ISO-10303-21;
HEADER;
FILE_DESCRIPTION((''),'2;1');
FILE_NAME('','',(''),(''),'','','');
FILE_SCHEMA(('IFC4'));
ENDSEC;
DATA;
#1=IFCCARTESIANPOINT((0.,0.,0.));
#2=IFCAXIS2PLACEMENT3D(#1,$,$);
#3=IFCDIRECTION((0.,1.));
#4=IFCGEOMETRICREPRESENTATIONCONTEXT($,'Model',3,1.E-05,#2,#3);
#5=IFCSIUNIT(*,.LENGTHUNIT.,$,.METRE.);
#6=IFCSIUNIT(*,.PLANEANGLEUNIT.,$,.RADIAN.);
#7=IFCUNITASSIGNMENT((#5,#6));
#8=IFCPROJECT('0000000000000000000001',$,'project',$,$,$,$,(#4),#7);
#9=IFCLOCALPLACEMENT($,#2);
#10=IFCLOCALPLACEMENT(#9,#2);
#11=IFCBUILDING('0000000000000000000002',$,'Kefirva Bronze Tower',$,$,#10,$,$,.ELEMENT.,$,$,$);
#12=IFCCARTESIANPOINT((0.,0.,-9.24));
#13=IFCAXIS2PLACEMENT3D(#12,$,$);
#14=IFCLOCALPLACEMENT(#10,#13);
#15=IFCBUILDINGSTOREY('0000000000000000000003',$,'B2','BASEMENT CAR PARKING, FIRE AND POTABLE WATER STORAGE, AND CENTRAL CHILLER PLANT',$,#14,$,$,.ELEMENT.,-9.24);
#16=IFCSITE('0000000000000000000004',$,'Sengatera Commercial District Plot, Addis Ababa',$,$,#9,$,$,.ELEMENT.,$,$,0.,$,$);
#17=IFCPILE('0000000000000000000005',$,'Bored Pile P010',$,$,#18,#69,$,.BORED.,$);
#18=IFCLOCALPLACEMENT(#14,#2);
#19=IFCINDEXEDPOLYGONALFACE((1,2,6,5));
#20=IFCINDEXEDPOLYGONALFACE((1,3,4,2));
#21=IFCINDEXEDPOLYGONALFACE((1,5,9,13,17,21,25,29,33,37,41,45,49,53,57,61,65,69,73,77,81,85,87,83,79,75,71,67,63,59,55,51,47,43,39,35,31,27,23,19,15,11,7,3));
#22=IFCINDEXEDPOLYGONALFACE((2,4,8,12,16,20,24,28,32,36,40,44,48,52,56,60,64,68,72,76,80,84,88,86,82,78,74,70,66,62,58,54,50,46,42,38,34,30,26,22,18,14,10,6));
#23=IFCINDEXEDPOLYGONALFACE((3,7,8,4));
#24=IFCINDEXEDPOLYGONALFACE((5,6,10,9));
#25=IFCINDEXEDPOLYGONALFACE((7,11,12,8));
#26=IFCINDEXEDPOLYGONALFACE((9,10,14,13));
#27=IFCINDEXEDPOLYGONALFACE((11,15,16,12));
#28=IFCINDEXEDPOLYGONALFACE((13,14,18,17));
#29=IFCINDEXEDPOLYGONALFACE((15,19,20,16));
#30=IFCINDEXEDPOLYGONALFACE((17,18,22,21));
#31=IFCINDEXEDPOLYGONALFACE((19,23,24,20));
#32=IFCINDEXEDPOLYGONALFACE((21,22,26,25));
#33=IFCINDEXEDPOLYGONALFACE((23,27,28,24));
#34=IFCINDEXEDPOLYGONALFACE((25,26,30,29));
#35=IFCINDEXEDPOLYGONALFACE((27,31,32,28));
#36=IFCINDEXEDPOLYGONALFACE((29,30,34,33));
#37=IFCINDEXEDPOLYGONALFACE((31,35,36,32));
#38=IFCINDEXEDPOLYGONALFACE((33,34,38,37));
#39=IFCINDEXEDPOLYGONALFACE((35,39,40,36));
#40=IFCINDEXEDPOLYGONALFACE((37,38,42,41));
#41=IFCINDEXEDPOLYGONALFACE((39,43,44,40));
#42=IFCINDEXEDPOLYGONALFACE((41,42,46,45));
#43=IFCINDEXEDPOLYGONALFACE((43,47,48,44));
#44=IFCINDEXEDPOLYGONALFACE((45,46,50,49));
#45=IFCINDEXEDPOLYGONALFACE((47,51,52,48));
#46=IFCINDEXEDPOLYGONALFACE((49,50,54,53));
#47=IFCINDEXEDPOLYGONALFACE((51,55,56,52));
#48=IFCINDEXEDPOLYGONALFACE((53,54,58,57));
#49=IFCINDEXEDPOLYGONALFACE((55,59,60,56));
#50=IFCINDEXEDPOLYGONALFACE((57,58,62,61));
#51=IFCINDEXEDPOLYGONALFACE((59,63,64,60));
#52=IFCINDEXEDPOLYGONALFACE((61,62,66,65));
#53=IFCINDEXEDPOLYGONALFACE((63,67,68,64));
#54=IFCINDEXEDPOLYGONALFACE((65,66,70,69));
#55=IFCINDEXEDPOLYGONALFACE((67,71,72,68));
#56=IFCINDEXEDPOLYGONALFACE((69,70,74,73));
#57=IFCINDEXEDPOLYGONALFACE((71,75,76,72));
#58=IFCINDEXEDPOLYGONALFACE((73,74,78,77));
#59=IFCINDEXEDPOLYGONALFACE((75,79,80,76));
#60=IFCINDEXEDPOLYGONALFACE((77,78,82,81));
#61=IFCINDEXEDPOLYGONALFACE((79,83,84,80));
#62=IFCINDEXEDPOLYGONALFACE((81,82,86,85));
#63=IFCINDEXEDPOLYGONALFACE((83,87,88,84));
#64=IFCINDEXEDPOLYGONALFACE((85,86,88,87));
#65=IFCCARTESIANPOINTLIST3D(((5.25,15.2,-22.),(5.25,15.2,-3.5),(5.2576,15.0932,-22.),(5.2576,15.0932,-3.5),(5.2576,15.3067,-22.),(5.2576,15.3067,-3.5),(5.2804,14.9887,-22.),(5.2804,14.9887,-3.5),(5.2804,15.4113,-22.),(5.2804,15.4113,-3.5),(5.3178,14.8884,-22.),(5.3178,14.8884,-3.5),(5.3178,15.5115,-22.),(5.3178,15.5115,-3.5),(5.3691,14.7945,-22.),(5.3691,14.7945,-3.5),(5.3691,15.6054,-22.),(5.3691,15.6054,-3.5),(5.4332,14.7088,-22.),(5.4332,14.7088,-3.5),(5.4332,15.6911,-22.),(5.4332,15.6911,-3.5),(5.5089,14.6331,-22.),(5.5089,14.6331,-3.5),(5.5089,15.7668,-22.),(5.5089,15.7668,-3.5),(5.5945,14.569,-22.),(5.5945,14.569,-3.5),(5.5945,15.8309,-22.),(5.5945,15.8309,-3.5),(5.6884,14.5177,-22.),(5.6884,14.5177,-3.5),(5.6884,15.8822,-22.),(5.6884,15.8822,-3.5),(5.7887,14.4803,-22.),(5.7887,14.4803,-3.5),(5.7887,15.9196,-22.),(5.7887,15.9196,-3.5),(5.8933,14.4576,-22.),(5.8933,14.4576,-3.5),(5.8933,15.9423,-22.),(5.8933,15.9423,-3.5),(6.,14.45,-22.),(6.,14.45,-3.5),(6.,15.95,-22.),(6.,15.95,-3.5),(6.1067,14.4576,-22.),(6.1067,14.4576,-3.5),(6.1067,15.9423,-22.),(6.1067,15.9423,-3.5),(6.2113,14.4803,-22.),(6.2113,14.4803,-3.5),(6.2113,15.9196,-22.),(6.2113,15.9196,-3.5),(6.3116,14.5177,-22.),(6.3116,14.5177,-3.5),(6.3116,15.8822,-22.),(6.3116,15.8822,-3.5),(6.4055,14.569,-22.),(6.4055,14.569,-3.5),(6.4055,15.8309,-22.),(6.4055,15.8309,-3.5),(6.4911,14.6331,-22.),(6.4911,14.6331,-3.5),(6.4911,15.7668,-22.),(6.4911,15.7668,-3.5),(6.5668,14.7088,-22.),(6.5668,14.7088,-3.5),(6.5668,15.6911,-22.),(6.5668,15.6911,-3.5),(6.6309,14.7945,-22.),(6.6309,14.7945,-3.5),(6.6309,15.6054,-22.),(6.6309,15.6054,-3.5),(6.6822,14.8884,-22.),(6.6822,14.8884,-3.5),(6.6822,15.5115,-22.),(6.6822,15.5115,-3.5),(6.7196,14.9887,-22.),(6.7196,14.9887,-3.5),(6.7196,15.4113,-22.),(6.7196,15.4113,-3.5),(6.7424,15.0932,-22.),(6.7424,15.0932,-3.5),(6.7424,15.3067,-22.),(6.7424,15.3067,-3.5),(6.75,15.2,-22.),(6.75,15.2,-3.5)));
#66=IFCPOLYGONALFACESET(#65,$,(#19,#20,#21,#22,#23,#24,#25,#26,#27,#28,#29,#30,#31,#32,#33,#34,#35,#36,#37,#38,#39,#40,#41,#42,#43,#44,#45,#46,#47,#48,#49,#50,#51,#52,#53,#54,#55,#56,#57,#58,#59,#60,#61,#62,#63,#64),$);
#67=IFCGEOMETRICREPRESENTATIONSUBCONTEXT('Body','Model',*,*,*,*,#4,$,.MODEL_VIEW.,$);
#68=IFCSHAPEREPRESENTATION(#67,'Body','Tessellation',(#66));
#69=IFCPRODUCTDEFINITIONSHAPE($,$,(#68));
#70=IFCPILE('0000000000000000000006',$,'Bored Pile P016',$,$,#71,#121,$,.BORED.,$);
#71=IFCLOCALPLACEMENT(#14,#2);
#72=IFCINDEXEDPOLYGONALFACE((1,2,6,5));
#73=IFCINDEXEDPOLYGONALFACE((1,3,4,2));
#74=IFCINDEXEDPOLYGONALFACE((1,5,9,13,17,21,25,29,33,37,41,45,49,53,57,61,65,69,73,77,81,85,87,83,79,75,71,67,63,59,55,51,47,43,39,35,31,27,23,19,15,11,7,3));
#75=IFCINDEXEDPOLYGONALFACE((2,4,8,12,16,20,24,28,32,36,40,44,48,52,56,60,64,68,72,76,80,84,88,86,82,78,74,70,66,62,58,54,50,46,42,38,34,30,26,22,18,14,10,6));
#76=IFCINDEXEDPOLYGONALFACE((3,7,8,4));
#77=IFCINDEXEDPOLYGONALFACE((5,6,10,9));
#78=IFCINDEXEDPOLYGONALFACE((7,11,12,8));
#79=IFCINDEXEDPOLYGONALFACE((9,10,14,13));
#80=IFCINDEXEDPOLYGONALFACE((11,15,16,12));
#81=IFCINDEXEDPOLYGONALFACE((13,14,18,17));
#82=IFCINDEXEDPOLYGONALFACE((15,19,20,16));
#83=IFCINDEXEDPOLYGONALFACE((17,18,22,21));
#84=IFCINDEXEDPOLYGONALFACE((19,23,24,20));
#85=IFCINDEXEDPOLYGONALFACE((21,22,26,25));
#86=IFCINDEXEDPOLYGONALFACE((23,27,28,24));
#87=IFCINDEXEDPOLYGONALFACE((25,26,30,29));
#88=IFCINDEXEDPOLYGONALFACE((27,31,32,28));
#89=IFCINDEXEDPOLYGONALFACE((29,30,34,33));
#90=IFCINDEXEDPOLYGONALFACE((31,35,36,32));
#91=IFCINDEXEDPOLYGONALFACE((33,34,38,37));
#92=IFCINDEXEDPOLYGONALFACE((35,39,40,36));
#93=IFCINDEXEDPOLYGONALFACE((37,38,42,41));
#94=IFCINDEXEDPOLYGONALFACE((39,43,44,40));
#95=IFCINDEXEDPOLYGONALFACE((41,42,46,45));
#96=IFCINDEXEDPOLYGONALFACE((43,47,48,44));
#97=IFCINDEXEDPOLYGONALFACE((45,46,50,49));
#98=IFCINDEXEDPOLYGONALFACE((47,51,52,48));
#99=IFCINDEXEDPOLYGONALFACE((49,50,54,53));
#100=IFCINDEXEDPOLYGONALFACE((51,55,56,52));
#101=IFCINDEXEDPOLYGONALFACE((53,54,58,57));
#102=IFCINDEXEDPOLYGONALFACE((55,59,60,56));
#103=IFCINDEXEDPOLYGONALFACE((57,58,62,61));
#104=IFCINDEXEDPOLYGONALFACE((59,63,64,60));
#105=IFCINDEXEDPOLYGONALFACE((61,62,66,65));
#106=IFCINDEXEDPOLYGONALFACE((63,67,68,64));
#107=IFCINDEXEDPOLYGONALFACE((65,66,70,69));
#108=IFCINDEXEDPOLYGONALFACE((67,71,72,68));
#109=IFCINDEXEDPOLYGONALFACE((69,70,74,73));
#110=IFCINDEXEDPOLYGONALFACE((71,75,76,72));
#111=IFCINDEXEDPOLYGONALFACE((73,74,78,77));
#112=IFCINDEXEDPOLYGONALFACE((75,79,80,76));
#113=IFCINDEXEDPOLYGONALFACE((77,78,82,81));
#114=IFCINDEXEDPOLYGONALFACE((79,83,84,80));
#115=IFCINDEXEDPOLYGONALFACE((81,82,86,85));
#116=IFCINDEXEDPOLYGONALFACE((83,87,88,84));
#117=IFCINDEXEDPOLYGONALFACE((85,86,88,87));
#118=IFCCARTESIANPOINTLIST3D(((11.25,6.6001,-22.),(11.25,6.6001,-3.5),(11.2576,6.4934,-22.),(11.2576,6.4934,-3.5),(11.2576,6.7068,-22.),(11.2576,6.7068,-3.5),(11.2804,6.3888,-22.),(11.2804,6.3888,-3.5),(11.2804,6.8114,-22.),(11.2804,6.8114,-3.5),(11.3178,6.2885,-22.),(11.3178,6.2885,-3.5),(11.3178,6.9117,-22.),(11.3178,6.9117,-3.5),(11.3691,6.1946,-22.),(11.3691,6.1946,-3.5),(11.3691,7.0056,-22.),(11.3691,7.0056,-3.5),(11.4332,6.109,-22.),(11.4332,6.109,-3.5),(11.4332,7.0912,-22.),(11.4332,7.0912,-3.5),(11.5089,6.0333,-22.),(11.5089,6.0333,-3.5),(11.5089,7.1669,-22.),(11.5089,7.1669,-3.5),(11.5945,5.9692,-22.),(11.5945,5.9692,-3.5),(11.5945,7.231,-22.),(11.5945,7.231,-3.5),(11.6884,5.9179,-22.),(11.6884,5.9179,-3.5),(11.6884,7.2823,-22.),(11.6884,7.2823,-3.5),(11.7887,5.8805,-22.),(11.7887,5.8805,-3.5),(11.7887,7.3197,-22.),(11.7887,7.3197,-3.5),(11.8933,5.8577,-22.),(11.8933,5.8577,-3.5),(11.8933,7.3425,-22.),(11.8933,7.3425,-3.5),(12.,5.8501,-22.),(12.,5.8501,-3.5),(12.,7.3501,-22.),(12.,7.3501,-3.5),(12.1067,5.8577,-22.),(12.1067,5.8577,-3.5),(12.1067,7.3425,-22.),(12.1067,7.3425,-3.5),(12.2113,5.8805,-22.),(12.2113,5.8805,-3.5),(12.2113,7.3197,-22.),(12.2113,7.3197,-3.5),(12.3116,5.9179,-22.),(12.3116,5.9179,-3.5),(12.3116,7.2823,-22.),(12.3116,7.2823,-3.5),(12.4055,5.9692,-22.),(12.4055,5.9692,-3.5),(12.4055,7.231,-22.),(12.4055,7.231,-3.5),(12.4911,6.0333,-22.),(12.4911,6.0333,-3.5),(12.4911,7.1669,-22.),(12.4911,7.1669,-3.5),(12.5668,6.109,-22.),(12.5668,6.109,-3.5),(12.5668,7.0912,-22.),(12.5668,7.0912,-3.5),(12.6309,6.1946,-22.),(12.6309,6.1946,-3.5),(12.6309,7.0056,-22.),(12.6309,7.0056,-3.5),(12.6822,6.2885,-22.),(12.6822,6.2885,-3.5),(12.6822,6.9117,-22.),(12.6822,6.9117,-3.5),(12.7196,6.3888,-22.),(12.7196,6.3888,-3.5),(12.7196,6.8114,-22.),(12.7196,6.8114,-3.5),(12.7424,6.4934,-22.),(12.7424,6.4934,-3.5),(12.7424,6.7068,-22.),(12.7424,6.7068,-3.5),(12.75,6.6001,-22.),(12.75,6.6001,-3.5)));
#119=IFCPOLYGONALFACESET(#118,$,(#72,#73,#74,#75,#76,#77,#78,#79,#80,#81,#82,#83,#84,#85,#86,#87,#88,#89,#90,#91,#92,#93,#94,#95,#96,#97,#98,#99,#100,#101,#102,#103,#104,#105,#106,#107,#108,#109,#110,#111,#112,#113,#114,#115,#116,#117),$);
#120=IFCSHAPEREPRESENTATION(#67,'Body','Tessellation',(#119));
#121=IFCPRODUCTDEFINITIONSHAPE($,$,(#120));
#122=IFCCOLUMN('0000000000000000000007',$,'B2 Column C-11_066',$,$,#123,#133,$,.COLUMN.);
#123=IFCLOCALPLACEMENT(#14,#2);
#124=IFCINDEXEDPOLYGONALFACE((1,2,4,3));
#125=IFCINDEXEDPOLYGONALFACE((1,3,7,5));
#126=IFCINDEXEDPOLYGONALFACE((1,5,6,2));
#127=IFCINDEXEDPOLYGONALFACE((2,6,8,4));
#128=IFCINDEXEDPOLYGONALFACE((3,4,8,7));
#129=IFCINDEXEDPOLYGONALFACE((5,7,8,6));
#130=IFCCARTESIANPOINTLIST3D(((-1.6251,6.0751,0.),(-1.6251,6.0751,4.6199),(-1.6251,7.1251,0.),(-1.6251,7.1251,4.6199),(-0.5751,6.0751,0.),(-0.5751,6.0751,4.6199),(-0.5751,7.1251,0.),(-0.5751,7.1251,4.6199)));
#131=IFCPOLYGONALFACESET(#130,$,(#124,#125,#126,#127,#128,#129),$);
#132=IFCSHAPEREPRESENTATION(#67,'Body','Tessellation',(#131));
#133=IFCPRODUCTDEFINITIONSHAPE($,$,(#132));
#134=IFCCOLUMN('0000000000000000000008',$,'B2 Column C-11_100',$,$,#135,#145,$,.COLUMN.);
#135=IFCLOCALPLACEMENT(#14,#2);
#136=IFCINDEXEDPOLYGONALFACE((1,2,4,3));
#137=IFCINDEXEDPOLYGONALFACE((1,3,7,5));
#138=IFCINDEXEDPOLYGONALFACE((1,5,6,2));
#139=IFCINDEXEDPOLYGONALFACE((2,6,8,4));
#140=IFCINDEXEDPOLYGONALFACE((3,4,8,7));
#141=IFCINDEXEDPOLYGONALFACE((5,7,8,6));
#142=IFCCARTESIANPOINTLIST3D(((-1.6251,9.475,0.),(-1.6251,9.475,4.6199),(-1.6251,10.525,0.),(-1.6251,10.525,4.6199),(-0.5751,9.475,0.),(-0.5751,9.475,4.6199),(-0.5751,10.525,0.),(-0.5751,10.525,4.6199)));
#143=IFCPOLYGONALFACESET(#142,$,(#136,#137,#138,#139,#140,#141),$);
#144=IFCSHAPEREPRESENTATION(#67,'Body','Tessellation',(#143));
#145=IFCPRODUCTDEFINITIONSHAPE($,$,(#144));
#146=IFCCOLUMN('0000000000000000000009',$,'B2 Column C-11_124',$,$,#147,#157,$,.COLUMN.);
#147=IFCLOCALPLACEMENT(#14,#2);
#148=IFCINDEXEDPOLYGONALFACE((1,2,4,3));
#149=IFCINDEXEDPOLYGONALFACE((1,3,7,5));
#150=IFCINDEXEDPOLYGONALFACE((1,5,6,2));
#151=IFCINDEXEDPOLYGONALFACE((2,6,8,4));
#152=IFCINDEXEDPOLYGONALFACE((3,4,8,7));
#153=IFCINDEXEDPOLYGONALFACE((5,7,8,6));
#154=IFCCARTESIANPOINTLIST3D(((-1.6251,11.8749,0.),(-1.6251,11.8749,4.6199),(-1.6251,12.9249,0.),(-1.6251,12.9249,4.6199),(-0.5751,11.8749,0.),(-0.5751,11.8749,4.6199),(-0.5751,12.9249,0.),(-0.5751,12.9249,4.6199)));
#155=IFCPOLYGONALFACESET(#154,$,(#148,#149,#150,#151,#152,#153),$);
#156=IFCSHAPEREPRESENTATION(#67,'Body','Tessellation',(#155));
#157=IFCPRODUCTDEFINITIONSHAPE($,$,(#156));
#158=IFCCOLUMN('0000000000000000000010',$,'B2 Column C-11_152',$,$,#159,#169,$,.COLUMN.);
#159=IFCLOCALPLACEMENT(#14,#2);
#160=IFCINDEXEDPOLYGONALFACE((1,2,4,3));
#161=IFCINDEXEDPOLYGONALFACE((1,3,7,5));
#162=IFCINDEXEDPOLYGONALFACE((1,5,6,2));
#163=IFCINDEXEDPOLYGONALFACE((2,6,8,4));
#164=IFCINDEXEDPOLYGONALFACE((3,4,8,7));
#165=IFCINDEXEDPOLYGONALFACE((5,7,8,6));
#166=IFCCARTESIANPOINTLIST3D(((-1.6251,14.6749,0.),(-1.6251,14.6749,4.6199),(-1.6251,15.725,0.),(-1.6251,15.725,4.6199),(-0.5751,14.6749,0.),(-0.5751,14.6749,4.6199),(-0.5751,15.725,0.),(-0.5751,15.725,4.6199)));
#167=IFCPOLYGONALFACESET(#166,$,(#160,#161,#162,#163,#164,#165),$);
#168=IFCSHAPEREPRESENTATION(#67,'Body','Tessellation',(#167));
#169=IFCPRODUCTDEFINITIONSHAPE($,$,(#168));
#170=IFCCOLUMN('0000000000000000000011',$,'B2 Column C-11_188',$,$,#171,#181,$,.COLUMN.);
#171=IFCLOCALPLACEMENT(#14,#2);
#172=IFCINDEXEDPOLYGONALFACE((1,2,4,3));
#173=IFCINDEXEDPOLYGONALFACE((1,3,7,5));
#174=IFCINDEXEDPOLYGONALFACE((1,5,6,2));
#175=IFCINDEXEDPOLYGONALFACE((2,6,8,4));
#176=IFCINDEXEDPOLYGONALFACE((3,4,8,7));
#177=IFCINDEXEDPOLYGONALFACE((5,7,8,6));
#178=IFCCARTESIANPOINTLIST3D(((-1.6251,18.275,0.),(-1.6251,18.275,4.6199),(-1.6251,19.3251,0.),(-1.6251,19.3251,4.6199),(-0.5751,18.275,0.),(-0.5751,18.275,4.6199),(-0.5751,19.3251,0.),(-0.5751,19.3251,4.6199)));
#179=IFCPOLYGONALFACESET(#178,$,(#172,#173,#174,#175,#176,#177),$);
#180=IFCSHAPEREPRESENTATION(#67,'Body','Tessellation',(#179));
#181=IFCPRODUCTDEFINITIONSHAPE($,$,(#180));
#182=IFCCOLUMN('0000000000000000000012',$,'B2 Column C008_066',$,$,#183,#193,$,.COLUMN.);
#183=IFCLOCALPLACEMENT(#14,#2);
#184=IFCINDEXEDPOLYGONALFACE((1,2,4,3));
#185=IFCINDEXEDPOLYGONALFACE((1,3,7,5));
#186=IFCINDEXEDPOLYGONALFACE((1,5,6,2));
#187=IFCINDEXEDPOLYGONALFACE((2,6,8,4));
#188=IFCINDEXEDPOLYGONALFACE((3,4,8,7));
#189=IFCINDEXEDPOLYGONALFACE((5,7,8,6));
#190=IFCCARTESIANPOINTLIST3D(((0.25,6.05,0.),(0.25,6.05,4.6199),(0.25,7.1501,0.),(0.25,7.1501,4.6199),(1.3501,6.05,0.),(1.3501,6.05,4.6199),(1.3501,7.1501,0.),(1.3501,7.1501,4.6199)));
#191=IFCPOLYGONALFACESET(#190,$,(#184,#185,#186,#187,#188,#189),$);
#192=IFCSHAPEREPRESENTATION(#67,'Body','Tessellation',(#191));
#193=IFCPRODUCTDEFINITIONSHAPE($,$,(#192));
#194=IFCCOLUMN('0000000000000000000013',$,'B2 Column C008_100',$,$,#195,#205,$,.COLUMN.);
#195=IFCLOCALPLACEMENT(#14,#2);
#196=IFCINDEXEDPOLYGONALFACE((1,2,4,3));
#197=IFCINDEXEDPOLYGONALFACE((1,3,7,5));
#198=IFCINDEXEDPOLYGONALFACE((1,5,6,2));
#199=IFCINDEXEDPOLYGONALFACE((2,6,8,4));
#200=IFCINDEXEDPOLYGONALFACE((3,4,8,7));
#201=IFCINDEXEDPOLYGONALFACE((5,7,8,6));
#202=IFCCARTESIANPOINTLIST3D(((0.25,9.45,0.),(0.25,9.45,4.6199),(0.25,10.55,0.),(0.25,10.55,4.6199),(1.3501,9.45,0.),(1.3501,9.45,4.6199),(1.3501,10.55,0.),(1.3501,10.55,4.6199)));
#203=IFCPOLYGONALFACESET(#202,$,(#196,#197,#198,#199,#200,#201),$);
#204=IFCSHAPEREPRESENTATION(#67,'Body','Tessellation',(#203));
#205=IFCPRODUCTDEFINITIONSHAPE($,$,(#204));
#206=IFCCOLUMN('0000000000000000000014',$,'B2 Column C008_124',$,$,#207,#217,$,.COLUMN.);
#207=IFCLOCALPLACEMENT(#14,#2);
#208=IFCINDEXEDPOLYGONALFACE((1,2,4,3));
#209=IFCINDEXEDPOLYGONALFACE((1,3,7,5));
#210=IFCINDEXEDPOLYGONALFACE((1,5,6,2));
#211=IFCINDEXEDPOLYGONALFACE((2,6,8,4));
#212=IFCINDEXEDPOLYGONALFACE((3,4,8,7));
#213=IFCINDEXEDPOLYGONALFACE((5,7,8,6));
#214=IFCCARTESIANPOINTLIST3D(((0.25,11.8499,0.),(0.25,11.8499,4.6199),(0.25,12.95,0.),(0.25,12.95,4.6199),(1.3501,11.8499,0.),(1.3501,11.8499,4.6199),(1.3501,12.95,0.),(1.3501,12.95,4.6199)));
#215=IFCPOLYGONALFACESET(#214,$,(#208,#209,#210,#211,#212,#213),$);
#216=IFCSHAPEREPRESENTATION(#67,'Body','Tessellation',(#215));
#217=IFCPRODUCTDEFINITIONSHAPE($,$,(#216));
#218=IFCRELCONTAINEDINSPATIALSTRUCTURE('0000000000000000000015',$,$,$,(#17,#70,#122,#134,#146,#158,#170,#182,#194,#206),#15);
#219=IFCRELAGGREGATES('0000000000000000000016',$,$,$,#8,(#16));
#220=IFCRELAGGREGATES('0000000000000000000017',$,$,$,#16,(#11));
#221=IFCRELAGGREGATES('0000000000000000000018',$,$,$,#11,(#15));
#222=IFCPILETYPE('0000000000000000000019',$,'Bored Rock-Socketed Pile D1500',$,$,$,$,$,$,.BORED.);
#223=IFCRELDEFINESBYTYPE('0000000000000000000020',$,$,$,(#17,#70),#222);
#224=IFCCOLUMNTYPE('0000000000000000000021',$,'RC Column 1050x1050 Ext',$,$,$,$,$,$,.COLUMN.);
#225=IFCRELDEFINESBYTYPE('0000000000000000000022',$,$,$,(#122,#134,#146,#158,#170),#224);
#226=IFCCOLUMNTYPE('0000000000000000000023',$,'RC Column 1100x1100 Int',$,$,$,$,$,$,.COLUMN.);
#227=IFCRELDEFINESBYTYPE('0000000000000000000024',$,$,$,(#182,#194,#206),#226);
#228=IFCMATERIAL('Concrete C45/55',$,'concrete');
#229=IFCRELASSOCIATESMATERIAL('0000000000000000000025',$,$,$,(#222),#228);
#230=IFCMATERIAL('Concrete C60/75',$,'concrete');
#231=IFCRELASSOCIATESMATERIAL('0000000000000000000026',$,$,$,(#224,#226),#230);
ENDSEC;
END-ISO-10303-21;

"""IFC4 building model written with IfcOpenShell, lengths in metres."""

from ifc_helpers import new_model, si_unit, direction, frame, origin, origin_2d, place, context, subcontext, project, spatial, rectangle, circle, extrude, material, material_profile, profile_set, type_object, element, save


model = new_model("IFC4")

# Units and contexts
model_context = context("Model", 3, precision=1e-05, world=origin(), true_north=direction((0.0, 1.0)))
body_context = subcontext(model_context, "Body", "Model", "MODEL_VIEW")
ifc_project = project(units=[si_unit("LENGTHUNIT", "METRE"), si_unit("PLANEANGLEUNIT", "RADIAN")], contexts=[model_context])

# Site, building, storey
site_placement = place(None, origin())
site = spatial("IfcSite", under=ifc_project, at=site_placement, Name="Sengatera Commercial District Plot, Addis Ababa", CompositionType="ELEMENT", RefElevation=0.0)
building_placement = place(site_placement, origin())
building = spatial("IfcBuilding", under=site, at=building_placement, Name="Kefirva Bronze Tower", CompositionType="ELEMENT")
storey_placement = place(building_placement, frame((0.0, 0.0, -9.24)))
storey = spatial("IfcBuildingStorey", under=building, at=storey_placement, Name="B2", Description="BASEMENT CAR PARKING, FIRE AND POTABLE WATER STORAGE, AND CENTRAL CHILLER PLANT", CompositionType="ELEMENT", Elevation=-9.24)

# Piles
ifc_material_1 = material(Name="Concrete C45/55", Category="concrete")
ifc_material_profile_1 = material_profile(ifc_material_1, circle(Radius=0.75, at=origin_2d()), Name="BORED PILE D1500")
ifc_profile_set_1 = profile_set([ifc_material_profile_1], Name="Concrete C45/55")
pile_type = type_object("IfcPileType", Name="Bored Rock-Socketed Pile D1500", PredefinedType="BORED", material=ifc_profile_set_1)
for number, where, z_axis, x_axis, name in (
    (1, (6.0, 15.2, -3.5), (0.0, 0.0, -1.0), (1.0, 0.0, 0.0), "Bored Pile P010"),
    (2, (12.0, 6.6001, -3.5), (0.0, 0.0, -1.0), (1.0, 0.0, 0.0), "Bored Pile P016"),
):
    element("IfcPile", number, at=place(storey_placement, frame(where, z_axis=z_axis, x_axis=x_axis)), inside=storey, type_object=pile_type, Name=name, PredefinedType="BORED", context=body_context, shape_type="SweptSolid", body=[
        extrude(circle(Radius=0.75, at=origin_2d()), origin(), (0.0, 0.0, 1.0), 18.5),
    ])

# Columns
ifc_material_2 = material(Name="Concrete C60/75", Category="concrete")
ifc_material_profile_2 = material_profile(ifc_material_2, rectangle(XDim=1.05, YDim=1.05, at=origin_2d()), Name="RC 1050x1050")
ifc_profile_set_2 = profile_set([ifc_material_profile_2], Name="Concrete C60/75")
column_type_1 = type_object("IfcColumnType", Name="RC Column 1050x1050 Ext", PredefinedType="COLUMN", material=ifc_profile_set_2)
for number, where, z_axis, x_axis, name in (
    (3, (-1.1001, 6.6001, 0.0), (0.0, 0.0, 1.0), (1.0, 0.0, 0.0), "B2 Column C-11_066"),
    (4, (-1.1001, 10.0, 0.0), (0.0, 0.0, 1.0), (1.0, 0.0, 0.0), "B2 Column C-11_100"),
    (5, (-1.1001, 12.3999, 0.0), (0.0, 0.0, 1.0), (1.0, 0.0, 0.0), "B2 Column C-11_124"),
    (6, (-1.1001, 15.2, 0.0), (0.0, 0.0, 1.0), (1.0, 0.0, 0.0), "B2 Column C-11_152"),
    (7, (-1.1001, 18.8, 0.0), (0.0, 0.0, 1.0), (1.0, 0.0, 0.0), "B2 Column C-11_188"),
):
    element("IfcColumn", number, at=place(storey_placement, frame(where, z_axis=z_axis, x_axis=x_axis)), inside=storey, type_object=column_type_1, Name=name, PredefinedType="COLUMN", context=body_context, shape_type="SweptSolid", body=[
        extrude(rectangle(XDim=1.05, YDim=1.05, at=origin_2d()), origin(), (0.0, 0.0, 1.0), 4.6199),
    ])
ifc_material_profile_3 = material_profile(ifc_material_2, rectangle(XDim=1.1001, YDim=1.1001, at=origin_2d()), Name="RC 1100x1100")
ifc_profile_set_3 = profile_set([ifc_material_profile_3], Name="Concrete C60/75")
column_type_2 = type_object("IfcColumnType", Name="RC Column 1100x1100 Int", PredefinedType="COLUMN", material=ifc_profile_set_3)
for number, where, z_axis, x_axis, name in (
    (8, (0.8, 6.6001, 0.0), (0.0, 0.0, 1.0), (1.0, 0.0, 0.0), "B2 Column C008_066"),
    (9, (0.8, 10.0, 0.0), (0.0, 0.0, 1.0), (1.0, 0.0, 0.0), "B2 Column C008_100"),
    (10, (0.8, 12.3999, 0.0), (0.0, 0.0, 1.0), (1.0, 0.0, 0.0), "B2 Column C008_124"),
):
    element("IfcColumn", number, at=place(storey_placement, frame(where, z_axis=z_axis, x_axis=x_axis)), inside=storey, type_object=column_type_2, Name=name, PredefinedType="COLUMN", context=body_context, shape_type="SweptSolid", body=[
        extrude(rectangle(XDim=1.1001, YDim=1.1001, at=origin_2d()), origin(), (0.0, 0.0, 1.0), 4.6199),
    ])

save(model, "model.ifc")
